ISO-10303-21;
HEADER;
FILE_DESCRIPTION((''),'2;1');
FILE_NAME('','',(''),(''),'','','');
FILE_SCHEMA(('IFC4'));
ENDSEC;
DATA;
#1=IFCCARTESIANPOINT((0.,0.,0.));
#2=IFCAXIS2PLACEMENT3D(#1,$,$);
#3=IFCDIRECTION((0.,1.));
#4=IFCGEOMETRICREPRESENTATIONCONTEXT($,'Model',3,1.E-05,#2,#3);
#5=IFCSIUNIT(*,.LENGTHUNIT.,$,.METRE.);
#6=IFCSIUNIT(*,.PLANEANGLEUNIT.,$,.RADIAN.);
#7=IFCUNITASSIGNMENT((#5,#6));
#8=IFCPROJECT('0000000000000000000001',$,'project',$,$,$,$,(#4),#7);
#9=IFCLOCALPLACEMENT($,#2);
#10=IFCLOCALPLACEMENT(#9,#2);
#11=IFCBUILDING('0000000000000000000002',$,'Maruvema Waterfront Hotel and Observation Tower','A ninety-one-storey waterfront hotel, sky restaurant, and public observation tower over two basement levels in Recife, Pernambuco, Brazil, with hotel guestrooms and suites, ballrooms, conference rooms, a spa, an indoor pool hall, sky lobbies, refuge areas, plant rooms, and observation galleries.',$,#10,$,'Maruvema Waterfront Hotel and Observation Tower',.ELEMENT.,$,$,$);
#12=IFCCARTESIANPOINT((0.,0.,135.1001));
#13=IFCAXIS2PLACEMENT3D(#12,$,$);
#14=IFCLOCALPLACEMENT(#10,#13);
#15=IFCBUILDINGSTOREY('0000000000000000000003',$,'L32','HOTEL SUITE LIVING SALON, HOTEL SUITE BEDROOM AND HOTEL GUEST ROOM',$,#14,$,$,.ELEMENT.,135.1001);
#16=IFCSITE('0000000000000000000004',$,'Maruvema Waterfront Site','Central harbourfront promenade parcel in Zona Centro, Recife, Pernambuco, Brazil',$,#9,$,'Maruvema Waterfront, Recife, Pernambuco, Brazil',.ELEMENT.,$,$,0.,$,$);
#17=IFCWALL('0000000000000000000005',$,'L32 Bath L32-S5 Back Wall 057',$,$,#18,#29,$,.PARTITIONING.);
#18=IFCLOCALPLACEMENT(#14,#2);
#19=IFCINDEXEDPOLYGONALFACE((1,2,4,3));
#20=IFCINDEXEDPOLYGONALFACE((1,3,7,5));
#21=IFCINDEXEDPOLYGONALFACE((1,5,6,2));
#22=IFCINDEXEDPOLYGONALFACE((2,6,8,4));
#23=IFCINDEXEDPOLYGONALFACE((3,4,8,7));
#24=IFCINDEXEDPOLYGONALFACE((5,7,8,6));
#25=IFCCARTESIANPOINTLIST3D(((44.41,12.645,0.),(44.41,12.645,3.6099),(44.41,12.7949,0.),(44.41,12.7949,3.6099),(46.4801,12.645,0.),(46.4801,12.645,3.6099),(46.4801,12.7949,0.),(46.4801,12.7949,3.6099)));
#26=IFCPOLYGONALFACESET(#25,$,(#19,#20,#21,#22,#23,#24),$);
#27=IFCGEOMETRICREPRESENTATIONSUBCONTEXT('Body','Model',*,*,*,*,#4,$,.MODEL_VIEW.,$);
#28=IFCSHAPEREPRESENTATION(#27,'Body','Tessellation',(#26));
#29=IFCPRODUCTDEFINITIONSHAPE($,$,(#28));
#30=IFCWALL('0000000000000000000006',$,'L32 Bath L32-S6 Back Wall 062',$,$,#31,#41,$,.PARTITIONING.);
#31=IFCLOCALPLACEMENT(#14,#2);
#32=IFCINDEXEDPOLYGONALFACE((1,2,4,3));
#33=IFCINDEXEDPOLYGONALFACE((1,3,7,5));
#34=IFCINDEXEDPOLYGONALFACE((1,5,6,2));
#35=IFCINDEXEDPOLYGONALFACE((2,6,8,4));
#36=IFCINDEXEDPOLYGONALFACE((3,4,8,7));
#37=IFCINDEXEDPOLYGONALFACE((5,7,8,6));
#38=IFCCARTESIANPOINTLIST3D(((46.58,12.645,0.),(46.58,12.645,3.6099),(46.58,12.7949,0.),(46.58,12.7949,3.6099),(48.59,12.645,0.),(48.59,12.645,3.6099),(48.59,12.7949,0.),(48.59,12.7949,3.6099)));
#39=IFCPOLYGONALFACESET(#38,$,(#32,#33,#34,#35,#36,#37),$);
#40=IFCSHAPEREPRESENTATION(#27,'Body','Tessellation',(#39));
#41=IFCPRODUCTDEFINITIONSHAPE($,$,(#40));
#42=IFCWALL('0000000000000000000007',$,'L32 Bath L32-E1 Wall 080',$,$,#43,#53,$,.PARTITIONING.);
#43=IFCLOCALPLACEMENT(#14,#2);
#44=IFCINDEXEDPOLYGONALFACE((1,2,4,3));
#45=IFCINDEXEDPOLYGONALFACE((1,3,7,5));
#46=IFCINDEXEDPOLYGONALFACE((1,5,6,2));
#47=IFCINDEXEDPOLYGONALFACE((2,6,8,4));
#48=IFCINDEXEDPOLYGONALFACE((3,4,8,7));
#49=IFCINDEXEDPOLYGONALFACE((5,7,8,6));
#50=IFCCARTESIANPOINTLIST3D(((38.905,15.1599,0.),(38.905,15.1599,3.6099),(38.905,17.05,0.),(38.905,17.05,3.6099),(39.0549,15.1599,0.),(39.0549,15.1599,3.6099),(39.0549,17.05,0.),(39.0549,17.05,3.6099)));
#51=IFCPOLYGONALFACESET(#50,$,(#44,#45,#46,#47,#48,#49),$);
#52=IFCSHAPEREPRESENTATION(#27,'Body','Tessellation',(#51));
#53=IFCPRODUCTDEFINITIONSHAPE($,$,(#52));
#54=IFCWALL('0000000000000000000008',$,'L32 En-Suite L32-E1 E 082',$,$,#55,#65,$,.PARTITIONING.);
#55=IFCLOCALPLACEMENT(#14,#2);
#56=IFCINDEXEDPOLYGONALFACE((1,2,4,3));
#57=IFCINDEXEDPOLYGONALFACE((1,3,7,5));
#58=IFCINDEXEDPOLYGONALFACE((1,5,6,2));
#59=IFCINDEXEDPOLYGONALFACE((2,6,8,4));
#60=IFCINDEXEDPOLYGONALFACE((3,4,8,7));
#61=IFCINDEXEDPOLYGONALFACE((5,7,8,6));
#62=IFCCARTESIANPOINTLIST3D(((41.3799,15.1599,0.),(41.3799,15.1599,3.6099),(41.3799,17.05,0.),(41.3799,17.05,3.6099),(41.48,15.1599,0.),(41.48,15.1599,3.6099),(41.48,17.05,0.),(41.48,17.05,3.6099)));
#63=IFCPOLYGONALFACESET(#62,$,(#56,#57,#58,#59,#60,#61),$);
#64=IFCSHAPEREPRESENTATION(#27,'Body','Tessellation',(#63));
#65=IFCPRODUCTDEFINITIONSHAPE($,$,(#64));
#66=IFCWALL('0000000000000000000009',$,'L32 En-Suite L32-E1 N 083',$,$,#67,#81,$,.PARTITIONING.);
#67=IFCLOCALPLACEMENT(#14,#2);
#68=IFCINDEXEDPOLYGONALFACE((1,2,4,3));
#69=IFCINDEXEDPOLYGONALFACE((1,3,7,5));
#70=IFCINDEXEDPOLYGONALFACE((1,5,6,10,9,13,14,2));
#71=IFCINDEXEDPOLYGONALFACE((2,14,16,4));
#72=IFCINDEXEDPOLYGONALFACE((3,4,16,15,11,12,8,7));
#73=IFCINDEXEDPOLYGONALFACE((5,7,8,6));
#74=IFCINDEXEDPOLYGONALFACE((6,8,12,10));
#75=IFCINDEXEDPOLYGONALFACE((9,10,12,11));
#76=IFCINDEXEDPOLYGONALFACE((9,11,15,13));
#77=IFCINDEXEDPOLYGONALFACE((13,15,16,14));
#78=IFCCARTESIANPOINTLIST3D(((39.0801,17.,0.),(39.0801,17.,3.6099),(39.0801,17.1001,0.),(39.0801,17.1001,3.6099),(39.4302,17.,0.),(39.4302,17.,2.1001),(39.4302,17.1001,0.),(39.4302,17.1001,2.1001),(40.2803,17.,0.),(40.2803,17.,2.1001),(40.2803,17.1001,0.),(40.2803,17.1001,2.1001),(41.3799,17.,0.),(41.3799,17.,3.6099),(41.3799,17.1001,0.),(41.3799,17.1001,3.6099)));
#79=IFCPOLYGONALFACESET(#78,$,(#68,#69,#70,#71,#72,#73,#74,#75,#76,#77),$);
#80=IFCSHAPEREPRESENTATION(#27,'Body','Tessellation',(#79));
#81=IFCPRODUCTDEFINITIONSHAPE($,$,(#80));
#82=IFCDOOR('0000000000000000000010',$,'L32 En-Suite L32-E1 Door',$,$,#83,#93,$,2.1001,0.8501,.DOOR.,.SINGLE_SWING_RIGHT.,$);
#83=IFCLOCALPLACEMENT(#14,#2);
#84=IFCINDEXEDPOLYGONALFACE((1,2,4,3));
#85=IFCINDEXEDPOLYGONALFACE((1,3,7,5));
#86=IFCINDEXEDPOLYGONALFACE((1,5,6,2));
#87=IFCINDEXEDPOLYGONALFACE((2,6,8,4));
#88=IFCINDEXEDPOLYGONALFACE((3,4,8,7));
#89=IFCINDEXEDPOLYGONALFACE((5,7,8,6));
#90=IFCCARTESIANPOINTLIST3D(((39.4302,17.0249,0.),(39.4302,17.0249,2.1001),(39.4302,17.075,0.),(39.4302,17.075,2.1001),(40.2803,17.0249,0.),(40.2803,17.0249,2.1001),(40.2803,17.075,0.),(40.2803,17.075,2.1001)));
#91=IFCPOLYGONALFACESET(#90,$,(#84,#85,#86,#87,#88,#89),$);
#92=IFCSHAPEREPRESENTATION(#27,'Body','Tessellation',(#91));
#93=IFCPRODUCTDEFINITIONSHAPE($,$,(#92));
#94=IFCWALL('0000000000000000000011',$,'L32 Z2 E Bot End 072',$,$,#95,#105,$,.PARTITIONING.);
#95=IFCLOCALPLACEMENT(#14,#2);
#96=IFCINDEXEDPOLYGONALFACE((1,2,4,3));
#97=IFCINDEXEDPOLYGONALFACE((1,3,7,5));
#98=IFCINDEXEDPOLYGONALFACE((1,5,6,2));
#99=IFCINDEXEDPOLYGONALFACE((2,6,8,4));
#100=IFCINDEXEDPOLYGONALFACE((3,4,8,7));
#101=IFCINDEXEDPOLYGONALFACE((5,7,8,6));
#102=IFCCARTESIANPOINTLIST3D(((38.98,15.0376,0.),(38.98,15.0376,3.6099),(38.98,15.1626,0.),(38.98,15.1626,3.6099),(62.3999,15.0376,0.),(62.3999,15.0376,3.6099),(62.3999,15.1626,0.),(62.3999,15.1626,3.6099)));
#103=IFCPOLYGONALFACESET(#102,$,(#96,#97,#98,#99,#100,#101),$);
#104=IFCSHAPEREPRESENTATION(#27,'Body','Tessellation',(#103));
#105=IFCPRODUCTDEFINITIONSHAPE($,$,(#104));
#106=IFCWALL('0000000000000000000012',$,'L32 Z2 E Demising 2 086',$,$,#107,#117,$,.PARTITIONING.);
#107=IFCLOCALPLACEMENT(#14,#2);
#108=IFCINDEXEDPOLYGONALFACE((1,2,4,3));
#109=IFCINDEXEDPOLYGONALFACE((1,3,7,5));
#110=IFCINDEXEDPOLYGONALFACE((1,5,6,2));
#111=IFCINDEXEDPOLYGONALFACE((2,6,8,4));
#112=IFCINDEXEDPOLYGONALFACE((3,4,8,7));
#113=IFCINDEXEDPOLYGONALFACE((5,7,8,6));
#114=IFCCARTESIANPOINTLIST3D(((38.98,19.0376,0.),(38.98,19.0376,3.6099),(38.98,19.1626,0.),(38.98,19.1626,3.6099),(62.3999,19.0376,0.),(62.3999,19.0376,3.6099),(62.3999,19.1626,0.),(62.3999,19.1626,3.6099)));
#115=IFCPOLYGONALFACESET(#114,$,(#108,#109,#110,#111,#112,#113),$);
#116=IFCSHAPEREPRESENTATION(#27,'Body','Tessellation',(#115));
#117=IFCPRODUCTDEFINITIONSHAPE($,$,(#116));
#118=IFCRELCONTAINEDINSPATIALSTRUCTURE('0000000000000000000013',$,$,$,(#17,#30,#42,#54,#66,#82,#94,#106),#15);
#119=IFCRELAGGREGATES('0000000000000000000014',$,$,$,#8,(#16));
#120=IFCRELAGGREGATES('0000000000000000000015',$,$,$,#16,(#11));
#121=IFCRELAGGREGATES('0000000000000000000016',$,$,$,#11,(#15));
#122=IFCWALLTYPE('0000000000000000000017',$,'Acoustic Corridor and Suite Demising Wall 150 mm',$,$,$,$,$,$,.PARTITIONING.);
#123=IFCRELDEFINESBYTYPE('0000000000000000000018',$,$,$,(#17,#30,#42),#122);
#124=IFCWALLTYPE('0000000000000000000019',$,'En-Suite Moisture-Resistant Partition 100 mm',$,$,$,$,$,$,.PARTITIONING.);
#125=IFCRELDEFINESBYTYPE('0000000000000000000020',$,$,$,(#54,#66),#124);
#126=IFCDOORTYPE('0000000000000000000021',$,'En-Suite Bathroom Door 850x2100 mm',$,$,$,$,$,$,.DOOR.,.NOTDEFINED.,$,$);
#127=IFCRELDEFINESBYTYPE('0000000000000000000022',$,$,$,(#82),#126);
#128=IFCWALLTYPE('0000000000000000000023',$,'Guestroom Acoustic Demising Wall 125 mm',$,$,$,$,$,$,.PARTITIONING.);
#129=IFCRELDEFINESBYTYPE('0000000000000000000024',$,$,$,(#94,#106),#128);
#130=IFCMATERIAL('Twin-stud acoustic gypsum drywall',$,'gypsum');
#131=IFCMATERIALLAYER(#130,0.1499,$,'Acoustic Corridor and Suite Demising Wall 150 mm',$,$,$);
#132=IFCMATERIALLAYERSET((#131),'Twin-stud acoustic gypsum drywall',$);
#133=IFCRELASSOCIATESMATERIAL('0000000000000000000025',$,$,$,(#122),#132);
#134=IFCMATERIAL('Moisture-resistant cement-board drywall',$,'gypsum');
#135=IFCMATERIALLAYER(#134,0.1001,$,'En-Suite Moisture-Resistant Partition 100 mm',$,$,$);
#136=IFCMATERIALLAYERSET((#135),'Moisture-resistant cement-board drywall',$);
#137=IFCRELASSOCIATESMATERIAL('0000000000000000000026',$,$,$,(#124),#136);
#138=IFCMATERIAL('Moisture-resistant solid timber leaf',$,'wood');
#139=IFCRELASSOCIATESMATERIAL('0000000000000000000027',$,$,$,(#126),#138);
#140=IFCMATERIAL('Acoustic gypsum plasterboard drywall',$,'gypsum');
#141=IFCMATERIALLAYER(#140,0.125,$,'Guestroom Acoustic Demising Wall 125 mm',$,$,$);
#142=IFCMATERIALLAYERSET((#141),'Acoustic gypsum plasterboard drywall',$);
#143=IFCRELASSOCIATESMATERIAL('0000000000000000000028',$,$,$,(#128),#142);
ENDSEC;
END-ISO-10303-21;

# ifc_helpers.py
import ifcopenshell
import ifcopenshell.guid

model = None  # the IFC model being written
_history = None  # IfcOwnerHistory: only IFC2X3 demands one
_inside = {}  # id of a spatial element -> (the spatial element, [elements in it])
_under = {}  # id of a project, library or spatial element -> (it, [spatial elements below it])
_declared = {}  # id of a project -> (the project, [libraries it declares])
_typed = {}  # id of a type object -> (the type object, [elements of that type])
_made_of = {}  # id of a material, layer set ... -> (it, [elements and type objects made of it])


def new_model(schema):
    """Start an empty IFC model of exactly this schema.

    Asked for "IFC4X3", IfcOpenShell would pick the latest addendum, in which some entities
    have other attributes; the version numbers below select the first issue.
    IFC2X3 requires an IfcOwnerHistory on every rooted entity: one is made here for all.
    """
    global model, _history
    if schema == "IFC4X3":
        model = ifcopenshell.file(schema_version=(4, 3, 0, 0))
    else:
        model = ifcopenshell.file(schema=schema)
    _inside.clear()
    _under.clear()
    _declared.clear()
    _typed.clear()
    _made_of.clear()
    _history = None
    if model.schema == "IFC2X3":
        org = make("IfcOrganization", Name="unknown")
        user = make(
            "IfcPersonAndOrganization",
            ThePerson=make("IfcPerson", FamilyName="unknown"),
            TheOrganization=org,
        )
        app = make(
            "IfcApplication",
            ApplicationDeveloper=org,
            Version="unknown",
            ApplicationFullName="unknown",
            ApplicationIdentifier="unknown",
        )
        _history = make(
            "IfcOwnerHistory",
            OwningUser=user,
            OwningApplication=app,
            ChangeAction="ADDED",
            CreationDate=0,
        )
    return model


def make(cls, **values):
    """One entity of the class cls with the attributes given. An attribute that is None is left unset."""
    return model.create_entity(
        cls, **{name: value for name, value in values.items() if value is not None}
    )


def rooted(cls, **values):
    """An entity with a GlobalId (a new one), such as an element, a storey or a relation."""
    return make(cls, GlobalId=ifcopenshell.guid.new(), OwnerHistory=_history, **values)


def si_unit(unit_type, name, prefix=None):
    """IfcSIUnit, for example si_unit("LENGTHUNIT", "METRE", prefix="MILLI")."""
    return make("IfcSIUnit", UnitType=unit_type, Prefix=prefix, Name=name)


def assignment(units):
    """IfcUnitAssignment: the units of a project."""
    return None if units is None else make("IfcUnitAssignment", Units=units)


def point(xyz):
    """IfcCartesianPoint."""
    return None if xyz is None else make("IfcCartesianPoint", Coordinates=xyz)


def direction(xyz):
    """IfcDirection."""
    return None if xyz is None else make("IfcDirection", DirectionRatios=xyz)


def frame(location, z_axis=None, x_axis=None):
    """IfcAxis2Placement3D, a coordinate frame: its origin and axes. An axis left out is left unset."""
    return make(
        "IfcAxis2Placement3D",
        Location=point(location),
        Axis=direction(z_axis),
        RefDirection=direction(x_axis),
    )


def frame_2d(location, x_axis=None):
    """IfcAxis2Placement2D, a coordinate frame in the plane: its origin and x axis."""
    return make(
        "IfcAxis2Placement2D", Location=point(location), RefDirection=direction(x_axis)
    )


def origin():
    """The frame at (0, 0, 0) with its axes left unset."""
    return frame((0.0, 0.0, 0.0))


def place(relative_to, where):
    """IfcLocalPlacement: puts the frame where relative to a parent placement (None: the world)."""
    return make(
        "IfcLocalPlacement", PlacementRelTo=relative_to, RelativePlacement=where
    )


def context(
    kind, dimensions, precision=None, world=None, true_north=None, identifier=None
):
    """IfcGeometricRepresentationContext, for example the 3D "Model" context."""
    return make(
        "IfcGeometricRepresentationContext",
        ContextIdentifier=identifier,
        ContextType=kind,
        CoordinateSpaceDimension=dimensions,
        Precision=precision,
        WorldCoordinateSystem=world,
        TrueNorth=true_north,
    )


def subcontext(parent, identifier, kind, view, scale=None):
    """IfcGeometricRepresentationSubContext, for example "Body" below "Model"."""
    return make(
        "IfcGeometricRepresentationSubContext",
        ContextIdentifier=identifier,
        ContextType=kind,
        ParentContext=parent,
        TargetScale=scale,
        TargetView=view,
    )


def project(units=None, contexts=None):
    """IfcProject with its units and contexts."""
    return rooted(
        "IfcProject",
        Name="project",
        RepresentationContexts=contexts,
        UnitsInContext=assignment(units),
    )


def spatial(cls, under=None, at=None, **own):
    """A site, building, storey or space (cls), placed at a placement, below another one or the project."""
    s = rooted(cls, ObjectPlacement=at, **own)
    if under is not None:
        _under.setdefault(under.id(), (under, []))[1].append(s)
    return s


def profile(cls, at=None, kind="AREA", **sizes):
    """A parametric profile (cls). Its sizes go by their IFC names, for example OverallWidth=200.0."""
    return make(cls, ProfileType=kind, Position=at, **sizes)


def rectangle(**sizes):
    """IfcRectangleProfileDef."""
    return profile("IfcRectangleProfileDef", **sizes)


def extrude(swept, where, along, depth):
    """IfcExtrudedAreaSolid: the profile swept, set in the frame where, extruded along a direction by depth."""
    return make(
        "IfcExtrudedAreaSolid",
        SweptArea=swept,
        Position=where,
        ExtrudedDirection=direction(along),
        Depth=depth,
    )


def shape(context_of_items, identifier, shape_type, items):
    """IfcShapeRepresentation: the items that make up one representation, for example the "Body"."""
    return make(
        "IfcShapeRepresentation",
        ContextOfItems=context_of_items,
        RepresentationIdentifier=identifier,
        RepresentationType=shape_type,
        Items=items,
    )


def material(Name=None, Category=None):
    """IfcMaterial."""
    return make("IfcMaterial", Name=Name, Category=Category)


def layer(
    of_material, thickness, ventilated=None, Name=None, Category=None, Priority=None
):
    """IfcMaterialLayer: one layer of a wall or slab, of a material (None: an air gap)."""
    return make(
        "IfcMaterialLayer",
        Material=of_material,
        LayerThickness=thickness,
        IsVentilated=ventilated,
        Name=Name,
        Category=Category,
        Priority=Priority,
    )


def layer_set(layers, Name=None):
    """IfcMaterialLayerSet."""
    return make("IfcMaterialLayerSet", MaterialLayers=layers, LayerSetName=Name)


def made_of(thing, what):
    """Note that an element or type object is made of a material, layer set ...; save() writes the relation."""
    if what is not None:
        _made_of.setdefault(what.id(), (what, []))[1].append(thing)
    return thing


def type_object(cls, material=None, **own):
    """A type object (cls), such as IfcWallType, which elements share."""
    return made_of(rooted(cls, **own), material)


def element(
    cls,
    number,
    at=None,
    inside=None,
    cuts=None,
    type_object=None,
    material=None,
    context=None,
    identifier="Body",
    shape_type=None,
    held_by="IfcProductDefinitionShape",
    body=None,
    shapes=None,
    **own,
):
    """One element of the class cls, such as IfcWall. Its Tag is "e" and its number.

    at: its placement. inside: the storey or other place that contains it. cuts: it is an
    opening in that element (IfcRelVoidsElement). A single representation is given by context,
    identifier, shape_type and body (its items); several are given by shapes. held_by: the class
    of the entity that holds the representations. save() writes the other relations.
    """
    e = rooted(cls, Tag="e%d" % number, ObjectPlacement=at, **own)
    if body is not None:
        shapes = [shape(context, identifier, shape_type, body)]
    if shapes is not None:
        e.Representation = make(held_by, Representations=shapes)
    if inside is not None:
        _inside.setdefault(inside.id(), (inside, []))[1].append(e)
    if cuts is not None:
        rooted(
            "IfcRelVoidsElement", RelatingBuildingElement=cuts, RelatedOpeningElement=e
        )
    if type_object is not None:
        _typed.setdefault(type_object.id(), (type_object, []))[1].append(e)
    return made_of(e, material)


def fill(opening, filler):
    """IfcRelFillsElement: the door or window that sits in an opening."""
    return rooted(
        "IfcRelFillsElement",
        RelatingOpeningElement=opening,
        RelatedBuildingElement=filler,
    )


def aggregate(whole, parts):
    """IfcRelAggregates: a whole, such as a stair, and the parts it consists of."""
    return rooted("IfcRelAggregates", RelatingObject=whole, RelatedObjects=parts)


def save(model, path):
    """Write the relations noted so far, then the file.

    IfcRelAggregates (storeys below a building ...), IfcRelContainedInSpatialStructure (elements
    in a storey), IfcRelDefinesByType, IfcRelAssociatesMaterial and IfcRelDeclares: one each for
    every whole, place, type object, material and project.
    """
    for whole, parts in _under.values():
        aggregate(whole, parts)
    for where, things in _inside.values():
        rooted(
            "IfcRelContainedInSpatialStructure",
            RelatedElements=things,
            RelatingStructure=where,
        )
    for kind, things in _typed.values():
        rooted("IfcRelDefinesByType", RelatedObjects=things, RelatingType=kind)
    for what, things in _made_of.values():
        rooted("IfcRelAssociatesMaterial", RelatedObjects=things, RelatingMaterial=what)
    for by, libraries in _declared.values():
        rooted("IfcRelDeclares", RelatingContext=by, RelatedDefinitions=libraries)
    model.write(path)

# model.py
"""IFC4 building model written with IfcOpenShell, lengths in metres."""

from ifc_helpers import new_model, si_unit, direction, frame, frame_2d, origin, place, context, subcontext, project, spatial, rectangle, extrude, material, layer, layer_set, type_object, element, fill, save


model = new_model("IFC4")

# Units and contexts
model_context = context("Model", 3, precision=1e-05, world=origin(), true_north=direction((0.0, 1.0)))
body_context = subcontext(model_context, "Body", "Model", "MODEL_VIEW")
ifc_project = project(units=[si_unit("LENGTHUNIT", "METRE"), si_unit("PLANEANGLEUNIT", "RADIAN")], contexts=[model_context])

# Site, building, storey
site_placement = place(None, origin())
site = spatial("IfcSite", under=ifc_project, at=site_placement, Name="Maruvema Waterfront Site", Description="Central harbourfront promenade parcel in Zona Centro, Recife, Pernambuco, Brazil", LongName="Maruvema Waterfront, Recife, Pernambuco, Brazil", CompositionType="ELEMENT", RefElevation=0.0)
building_placement = place(site_placement, origin())
building = spatial("IfcBuilding", under=site, at=building_placement, Name="Maruvema Waterfront Hotel and Observation Tower", Description="A ninety-one-storey waterfront hotel, sky restaurant, and public observation tower over two basement levels in Recife, Pernambuco, Brazil, with hotel guestrooms and suites, ballrooms, conference rooms, a spa, an indoor pool hall, sky lobbies, refuge areas, plant rooms, and observation galleries.", LongName="Maruvema Waterfront Hotel and Observation Tower", CompositionType="ELEMENT")
storey_placement = place(building_placement, frame((0.0, 0.0, 135.1001)))
storey = spatial("IfcBuildingStorey", under=building, at=storey_placement, Name="L32", Description="HOTEL SUITE LIVING SALON, HOTEL SUITE BEDROOM AND HOTEL GUEST ROOM", CompositionType="ELEMENT", Elevation=135.1001)

# Walls
ifc_material_1 = material(Name="Twin-stud acoustic gypsum drywall", Category="gypsum")
ifc_layer_1 = layer(ifc_material_1, 0.1499, Name="Acoustic Corridor and Suite Demising Wall 150 mm")
ifc_layer_set_1 = layer_set([ifc_layer_1], Name="Twin-stud acoustic gypsum drywall")
wall_type_1 = type_object("IfcWallType", Name="Acoustic Corridor and Suite Demising Wall 150 mm", PredefinedType="PARTITIONING", material=ifc_layer_set_1)
wall_1_placement = place(storey_placement, frame((44.4099, 12.72, 0.0), z_axis=(0.0, 0.0, 1.0), x_axis=(1.0, 0.0, 0.0)))
element("IfcWall", 1, at=wall_1_placement, inside=storey, type_object=wall_type_1, Name="L32 Bath L32-S5 Back Wall 057", PredefinedType="PARTITIONING", context=body_context, shape_type="SweptSolid", body=[
    extrude(rectangle(XDim=2.0701, YDim=0.1499, at=frame_2d((1.0352, 0.0))), origin(), (0.0, 0.0, 1.0), 3.6099),
])
wall_2_placement = place(storey_placement, frame((46.5801, 12.72, 0.0), z_axis=(0.0, 0.0, 1.0), x_axis=(1.0, 0.0, 0.0)))
element("IfcWall", 2, at=wall_2_placement, inside=storey, type_object=wall_type_1, Name="L32 Bath L32-S6 Back Wall 062", PredefinedType="PARTITIONING", context=body_context, shape_type="SweptSolid", body=[
    extrude(rectangle(XDim=2.01, YDim=0.1499, at=frame_2d((1.0049, 0.0))), origin(), (0.0, 0.0, 1.0), 3.6099),
])

# Wall
wall_3_placement = place(storey_placement, frame((38.98, 15.1599, 0.0), z_axis=(0.0, 0.0, 1.0), x_axis=(0.0, 1.0, 0.0)))
element("IfcWall", 3, at=wall_3_placement, inside=storey, type_object=wall_type_1, Name="L32 Bath L32-E1 Wall 080", PredefinedType="PARTITIONING", context=body_context, shape_type="SweptSolid", body=[
    extrude(rectangle(XDim=1.8901, YDim=0.1499, at=frame_2d((0.9451, 0.0))), origin(), (0.0, 0.0, 1.0), 3.6099),
])

# Wall
ifc_material_2 = material(Name="Moisture-resistant cement-board drywall", Category="gypsum")
ifc_layer_2 = layer(ifc_material_2, 0.1001, Name="En-Suite Moisture-Resistant Partition 100 mm")
ifc_layer_set_2 = layer_set([ifc_layer_2], Name="Moisture-resistant cement-board drywall")
wall_type_2 = type_object("IfcWallType", Name="En-Suite Moisture-Resistant Partition 100 mm", PredefinedType="PARTITIONING", material=ifc_layer_set_2)
wall_4_placement = place(storey_placement, frame((41.4299, 15.1599, 0.0), z_axis=(0.0, 0.0, 1.0), x_axis=(0.0, 1.0, 0.0)))
element("IfcWall", 4, at=wall_4_placement, inside=storey, type_object=wall_type_2, Name="L32 En-Suite L32-E1 E 082", PredefinedType="PARTITIONING", context=body_context, shape_type="SweptSolid", body=[
    extrude(rectangle(XDim=1.8901, YDim=0.1001, at=frame_2d((0.9451, 0.0))), origin(), (0.0, 0.0, 1.0), 3.6099),
])

# Wall, opening, door
wall_5_placement = place(storey_placement, frame((39.0801, 17.05, 0.0), z_axis=(0.0, 0.0, 1.0), x_axis=(1.0, 0.0, 0.0)))
wall_5 = element("IfcWall", 5, at=wall_5_placement, inside=storey, type_object=wall_type_2, Name="L32 En-Suite L32-E1 N 083", PredefinedType="PARTITIONING", context=body_context, shape_type="SweptSolid", body=[
    extrude(rectangle(XDim=2.2998, YDim=0.1001, at=frame_2d((1.1499, 0.0))), origin(), (0.0, 0.0, 1.0), 3.6099),
])
opening_1_placement = place(wall_5_placement, frame((0.3501, 0.0, 0.0)))
opening_1 = element("IfcOpeningElement", 6, at=opening_1_placement, cuts=wall_5, PredefinedType="OPENING", context=body_context, shape_type="SweptSolid", body=[
    extrude(rectangle(XDim=0.8501, YDim=2.1001, at=frame_2d((0.425, 1.05))), frame((0.0, 0.0601, 0.0), z_axis=(0.0, -1.0, 0.0), x_axis=(1.0, 0.0, 0.0)), (0.0, 0.0, 1.0), 0.1201),
])
ifc_material_3 = material(Name="Moisture-resistant solid timber leaf", Category="wood")
door_type_1 = type_object("IfcDoorType", Name="En-Suite Bathroom Door 850x2100 mm", OperationType="NOTDEFINED", PredefinedType="DOOR", material=ifc_material_3)
door_1_placement = place(opening_1_placement, origin())
door_1 = element("IfcDoor", 7, at=door_1_placement, inside=storey, type_object=door_type_1, Name="L32 En-Suite L32-E1 Door", OperationType="SINGLE_SWING_RIGHT", OverallHeight=2.1001, OverallWidth=0.8501, PredefinedType="DOOR", context=body_context, shape_type="SweptSolid", body=[
    extrude(rectangle(XDim=0.8501, YDim=2.1001, at=frame_2d((0.425, 1.05))), frame((0.0, 0.0249, 0.0), z_axis=(0.0, -1.0, 0.0), x_axis=(1.0, 0.0, 0.0)), (0.0, 0.0, 1.0), 0.05),
])
fill(opening_1, door_1)

# Walls
ifc_material_4 = material(Name="Acoustic gypsum plasterboard drywall", Category="gypsum")
ifc_layer_3 = layer(ifc_material_4, 0.125, Name="Guestroom Acoustic Demising Wall 125 mm")
ifc_layer_set_3 = layer_set([ifc_layer_3], Name="Acoustic gypsum plasterboard drywall")
wall_type_3 = type_object("IfcWallType", Name="Guestroom Acoustic Demising Wall 125 mm", PredefinedType="PARTITIONING", material=ifc_layer_set_3)
for number, where, z_axis, x_axis, name in (
    (8, (38.98, 15.1001, 0.0), (0.0, 0.0, 1.0), (1.0, 0.0, 0.0), "L32 Z2 E Bot End 072"),
    (9, (38.98, 19.1001, 0.0), (0.0, 0.0, 1.0), (1.0, 0.0, 0.0), "L32 Z2 E Demising 2 086"),
):
    element("IfcWall", number, at=place(storey_placement, frame(where, z_axis=z_axis, x_axis=x_axis)), inside=storey, type_object=wall_type_3, Name=name, PredefinedType="PARTITIONING", context=body_context, shape_type="SweptSolid", body=[
        extrude(rectangle(XDim=23.4199, YDim=0.125, at=frame_2d((11.71, 0.0))), origin(), (0.0, 0.0, 1.0), 3.6099),
    ])

save(model, "model.ifc")
